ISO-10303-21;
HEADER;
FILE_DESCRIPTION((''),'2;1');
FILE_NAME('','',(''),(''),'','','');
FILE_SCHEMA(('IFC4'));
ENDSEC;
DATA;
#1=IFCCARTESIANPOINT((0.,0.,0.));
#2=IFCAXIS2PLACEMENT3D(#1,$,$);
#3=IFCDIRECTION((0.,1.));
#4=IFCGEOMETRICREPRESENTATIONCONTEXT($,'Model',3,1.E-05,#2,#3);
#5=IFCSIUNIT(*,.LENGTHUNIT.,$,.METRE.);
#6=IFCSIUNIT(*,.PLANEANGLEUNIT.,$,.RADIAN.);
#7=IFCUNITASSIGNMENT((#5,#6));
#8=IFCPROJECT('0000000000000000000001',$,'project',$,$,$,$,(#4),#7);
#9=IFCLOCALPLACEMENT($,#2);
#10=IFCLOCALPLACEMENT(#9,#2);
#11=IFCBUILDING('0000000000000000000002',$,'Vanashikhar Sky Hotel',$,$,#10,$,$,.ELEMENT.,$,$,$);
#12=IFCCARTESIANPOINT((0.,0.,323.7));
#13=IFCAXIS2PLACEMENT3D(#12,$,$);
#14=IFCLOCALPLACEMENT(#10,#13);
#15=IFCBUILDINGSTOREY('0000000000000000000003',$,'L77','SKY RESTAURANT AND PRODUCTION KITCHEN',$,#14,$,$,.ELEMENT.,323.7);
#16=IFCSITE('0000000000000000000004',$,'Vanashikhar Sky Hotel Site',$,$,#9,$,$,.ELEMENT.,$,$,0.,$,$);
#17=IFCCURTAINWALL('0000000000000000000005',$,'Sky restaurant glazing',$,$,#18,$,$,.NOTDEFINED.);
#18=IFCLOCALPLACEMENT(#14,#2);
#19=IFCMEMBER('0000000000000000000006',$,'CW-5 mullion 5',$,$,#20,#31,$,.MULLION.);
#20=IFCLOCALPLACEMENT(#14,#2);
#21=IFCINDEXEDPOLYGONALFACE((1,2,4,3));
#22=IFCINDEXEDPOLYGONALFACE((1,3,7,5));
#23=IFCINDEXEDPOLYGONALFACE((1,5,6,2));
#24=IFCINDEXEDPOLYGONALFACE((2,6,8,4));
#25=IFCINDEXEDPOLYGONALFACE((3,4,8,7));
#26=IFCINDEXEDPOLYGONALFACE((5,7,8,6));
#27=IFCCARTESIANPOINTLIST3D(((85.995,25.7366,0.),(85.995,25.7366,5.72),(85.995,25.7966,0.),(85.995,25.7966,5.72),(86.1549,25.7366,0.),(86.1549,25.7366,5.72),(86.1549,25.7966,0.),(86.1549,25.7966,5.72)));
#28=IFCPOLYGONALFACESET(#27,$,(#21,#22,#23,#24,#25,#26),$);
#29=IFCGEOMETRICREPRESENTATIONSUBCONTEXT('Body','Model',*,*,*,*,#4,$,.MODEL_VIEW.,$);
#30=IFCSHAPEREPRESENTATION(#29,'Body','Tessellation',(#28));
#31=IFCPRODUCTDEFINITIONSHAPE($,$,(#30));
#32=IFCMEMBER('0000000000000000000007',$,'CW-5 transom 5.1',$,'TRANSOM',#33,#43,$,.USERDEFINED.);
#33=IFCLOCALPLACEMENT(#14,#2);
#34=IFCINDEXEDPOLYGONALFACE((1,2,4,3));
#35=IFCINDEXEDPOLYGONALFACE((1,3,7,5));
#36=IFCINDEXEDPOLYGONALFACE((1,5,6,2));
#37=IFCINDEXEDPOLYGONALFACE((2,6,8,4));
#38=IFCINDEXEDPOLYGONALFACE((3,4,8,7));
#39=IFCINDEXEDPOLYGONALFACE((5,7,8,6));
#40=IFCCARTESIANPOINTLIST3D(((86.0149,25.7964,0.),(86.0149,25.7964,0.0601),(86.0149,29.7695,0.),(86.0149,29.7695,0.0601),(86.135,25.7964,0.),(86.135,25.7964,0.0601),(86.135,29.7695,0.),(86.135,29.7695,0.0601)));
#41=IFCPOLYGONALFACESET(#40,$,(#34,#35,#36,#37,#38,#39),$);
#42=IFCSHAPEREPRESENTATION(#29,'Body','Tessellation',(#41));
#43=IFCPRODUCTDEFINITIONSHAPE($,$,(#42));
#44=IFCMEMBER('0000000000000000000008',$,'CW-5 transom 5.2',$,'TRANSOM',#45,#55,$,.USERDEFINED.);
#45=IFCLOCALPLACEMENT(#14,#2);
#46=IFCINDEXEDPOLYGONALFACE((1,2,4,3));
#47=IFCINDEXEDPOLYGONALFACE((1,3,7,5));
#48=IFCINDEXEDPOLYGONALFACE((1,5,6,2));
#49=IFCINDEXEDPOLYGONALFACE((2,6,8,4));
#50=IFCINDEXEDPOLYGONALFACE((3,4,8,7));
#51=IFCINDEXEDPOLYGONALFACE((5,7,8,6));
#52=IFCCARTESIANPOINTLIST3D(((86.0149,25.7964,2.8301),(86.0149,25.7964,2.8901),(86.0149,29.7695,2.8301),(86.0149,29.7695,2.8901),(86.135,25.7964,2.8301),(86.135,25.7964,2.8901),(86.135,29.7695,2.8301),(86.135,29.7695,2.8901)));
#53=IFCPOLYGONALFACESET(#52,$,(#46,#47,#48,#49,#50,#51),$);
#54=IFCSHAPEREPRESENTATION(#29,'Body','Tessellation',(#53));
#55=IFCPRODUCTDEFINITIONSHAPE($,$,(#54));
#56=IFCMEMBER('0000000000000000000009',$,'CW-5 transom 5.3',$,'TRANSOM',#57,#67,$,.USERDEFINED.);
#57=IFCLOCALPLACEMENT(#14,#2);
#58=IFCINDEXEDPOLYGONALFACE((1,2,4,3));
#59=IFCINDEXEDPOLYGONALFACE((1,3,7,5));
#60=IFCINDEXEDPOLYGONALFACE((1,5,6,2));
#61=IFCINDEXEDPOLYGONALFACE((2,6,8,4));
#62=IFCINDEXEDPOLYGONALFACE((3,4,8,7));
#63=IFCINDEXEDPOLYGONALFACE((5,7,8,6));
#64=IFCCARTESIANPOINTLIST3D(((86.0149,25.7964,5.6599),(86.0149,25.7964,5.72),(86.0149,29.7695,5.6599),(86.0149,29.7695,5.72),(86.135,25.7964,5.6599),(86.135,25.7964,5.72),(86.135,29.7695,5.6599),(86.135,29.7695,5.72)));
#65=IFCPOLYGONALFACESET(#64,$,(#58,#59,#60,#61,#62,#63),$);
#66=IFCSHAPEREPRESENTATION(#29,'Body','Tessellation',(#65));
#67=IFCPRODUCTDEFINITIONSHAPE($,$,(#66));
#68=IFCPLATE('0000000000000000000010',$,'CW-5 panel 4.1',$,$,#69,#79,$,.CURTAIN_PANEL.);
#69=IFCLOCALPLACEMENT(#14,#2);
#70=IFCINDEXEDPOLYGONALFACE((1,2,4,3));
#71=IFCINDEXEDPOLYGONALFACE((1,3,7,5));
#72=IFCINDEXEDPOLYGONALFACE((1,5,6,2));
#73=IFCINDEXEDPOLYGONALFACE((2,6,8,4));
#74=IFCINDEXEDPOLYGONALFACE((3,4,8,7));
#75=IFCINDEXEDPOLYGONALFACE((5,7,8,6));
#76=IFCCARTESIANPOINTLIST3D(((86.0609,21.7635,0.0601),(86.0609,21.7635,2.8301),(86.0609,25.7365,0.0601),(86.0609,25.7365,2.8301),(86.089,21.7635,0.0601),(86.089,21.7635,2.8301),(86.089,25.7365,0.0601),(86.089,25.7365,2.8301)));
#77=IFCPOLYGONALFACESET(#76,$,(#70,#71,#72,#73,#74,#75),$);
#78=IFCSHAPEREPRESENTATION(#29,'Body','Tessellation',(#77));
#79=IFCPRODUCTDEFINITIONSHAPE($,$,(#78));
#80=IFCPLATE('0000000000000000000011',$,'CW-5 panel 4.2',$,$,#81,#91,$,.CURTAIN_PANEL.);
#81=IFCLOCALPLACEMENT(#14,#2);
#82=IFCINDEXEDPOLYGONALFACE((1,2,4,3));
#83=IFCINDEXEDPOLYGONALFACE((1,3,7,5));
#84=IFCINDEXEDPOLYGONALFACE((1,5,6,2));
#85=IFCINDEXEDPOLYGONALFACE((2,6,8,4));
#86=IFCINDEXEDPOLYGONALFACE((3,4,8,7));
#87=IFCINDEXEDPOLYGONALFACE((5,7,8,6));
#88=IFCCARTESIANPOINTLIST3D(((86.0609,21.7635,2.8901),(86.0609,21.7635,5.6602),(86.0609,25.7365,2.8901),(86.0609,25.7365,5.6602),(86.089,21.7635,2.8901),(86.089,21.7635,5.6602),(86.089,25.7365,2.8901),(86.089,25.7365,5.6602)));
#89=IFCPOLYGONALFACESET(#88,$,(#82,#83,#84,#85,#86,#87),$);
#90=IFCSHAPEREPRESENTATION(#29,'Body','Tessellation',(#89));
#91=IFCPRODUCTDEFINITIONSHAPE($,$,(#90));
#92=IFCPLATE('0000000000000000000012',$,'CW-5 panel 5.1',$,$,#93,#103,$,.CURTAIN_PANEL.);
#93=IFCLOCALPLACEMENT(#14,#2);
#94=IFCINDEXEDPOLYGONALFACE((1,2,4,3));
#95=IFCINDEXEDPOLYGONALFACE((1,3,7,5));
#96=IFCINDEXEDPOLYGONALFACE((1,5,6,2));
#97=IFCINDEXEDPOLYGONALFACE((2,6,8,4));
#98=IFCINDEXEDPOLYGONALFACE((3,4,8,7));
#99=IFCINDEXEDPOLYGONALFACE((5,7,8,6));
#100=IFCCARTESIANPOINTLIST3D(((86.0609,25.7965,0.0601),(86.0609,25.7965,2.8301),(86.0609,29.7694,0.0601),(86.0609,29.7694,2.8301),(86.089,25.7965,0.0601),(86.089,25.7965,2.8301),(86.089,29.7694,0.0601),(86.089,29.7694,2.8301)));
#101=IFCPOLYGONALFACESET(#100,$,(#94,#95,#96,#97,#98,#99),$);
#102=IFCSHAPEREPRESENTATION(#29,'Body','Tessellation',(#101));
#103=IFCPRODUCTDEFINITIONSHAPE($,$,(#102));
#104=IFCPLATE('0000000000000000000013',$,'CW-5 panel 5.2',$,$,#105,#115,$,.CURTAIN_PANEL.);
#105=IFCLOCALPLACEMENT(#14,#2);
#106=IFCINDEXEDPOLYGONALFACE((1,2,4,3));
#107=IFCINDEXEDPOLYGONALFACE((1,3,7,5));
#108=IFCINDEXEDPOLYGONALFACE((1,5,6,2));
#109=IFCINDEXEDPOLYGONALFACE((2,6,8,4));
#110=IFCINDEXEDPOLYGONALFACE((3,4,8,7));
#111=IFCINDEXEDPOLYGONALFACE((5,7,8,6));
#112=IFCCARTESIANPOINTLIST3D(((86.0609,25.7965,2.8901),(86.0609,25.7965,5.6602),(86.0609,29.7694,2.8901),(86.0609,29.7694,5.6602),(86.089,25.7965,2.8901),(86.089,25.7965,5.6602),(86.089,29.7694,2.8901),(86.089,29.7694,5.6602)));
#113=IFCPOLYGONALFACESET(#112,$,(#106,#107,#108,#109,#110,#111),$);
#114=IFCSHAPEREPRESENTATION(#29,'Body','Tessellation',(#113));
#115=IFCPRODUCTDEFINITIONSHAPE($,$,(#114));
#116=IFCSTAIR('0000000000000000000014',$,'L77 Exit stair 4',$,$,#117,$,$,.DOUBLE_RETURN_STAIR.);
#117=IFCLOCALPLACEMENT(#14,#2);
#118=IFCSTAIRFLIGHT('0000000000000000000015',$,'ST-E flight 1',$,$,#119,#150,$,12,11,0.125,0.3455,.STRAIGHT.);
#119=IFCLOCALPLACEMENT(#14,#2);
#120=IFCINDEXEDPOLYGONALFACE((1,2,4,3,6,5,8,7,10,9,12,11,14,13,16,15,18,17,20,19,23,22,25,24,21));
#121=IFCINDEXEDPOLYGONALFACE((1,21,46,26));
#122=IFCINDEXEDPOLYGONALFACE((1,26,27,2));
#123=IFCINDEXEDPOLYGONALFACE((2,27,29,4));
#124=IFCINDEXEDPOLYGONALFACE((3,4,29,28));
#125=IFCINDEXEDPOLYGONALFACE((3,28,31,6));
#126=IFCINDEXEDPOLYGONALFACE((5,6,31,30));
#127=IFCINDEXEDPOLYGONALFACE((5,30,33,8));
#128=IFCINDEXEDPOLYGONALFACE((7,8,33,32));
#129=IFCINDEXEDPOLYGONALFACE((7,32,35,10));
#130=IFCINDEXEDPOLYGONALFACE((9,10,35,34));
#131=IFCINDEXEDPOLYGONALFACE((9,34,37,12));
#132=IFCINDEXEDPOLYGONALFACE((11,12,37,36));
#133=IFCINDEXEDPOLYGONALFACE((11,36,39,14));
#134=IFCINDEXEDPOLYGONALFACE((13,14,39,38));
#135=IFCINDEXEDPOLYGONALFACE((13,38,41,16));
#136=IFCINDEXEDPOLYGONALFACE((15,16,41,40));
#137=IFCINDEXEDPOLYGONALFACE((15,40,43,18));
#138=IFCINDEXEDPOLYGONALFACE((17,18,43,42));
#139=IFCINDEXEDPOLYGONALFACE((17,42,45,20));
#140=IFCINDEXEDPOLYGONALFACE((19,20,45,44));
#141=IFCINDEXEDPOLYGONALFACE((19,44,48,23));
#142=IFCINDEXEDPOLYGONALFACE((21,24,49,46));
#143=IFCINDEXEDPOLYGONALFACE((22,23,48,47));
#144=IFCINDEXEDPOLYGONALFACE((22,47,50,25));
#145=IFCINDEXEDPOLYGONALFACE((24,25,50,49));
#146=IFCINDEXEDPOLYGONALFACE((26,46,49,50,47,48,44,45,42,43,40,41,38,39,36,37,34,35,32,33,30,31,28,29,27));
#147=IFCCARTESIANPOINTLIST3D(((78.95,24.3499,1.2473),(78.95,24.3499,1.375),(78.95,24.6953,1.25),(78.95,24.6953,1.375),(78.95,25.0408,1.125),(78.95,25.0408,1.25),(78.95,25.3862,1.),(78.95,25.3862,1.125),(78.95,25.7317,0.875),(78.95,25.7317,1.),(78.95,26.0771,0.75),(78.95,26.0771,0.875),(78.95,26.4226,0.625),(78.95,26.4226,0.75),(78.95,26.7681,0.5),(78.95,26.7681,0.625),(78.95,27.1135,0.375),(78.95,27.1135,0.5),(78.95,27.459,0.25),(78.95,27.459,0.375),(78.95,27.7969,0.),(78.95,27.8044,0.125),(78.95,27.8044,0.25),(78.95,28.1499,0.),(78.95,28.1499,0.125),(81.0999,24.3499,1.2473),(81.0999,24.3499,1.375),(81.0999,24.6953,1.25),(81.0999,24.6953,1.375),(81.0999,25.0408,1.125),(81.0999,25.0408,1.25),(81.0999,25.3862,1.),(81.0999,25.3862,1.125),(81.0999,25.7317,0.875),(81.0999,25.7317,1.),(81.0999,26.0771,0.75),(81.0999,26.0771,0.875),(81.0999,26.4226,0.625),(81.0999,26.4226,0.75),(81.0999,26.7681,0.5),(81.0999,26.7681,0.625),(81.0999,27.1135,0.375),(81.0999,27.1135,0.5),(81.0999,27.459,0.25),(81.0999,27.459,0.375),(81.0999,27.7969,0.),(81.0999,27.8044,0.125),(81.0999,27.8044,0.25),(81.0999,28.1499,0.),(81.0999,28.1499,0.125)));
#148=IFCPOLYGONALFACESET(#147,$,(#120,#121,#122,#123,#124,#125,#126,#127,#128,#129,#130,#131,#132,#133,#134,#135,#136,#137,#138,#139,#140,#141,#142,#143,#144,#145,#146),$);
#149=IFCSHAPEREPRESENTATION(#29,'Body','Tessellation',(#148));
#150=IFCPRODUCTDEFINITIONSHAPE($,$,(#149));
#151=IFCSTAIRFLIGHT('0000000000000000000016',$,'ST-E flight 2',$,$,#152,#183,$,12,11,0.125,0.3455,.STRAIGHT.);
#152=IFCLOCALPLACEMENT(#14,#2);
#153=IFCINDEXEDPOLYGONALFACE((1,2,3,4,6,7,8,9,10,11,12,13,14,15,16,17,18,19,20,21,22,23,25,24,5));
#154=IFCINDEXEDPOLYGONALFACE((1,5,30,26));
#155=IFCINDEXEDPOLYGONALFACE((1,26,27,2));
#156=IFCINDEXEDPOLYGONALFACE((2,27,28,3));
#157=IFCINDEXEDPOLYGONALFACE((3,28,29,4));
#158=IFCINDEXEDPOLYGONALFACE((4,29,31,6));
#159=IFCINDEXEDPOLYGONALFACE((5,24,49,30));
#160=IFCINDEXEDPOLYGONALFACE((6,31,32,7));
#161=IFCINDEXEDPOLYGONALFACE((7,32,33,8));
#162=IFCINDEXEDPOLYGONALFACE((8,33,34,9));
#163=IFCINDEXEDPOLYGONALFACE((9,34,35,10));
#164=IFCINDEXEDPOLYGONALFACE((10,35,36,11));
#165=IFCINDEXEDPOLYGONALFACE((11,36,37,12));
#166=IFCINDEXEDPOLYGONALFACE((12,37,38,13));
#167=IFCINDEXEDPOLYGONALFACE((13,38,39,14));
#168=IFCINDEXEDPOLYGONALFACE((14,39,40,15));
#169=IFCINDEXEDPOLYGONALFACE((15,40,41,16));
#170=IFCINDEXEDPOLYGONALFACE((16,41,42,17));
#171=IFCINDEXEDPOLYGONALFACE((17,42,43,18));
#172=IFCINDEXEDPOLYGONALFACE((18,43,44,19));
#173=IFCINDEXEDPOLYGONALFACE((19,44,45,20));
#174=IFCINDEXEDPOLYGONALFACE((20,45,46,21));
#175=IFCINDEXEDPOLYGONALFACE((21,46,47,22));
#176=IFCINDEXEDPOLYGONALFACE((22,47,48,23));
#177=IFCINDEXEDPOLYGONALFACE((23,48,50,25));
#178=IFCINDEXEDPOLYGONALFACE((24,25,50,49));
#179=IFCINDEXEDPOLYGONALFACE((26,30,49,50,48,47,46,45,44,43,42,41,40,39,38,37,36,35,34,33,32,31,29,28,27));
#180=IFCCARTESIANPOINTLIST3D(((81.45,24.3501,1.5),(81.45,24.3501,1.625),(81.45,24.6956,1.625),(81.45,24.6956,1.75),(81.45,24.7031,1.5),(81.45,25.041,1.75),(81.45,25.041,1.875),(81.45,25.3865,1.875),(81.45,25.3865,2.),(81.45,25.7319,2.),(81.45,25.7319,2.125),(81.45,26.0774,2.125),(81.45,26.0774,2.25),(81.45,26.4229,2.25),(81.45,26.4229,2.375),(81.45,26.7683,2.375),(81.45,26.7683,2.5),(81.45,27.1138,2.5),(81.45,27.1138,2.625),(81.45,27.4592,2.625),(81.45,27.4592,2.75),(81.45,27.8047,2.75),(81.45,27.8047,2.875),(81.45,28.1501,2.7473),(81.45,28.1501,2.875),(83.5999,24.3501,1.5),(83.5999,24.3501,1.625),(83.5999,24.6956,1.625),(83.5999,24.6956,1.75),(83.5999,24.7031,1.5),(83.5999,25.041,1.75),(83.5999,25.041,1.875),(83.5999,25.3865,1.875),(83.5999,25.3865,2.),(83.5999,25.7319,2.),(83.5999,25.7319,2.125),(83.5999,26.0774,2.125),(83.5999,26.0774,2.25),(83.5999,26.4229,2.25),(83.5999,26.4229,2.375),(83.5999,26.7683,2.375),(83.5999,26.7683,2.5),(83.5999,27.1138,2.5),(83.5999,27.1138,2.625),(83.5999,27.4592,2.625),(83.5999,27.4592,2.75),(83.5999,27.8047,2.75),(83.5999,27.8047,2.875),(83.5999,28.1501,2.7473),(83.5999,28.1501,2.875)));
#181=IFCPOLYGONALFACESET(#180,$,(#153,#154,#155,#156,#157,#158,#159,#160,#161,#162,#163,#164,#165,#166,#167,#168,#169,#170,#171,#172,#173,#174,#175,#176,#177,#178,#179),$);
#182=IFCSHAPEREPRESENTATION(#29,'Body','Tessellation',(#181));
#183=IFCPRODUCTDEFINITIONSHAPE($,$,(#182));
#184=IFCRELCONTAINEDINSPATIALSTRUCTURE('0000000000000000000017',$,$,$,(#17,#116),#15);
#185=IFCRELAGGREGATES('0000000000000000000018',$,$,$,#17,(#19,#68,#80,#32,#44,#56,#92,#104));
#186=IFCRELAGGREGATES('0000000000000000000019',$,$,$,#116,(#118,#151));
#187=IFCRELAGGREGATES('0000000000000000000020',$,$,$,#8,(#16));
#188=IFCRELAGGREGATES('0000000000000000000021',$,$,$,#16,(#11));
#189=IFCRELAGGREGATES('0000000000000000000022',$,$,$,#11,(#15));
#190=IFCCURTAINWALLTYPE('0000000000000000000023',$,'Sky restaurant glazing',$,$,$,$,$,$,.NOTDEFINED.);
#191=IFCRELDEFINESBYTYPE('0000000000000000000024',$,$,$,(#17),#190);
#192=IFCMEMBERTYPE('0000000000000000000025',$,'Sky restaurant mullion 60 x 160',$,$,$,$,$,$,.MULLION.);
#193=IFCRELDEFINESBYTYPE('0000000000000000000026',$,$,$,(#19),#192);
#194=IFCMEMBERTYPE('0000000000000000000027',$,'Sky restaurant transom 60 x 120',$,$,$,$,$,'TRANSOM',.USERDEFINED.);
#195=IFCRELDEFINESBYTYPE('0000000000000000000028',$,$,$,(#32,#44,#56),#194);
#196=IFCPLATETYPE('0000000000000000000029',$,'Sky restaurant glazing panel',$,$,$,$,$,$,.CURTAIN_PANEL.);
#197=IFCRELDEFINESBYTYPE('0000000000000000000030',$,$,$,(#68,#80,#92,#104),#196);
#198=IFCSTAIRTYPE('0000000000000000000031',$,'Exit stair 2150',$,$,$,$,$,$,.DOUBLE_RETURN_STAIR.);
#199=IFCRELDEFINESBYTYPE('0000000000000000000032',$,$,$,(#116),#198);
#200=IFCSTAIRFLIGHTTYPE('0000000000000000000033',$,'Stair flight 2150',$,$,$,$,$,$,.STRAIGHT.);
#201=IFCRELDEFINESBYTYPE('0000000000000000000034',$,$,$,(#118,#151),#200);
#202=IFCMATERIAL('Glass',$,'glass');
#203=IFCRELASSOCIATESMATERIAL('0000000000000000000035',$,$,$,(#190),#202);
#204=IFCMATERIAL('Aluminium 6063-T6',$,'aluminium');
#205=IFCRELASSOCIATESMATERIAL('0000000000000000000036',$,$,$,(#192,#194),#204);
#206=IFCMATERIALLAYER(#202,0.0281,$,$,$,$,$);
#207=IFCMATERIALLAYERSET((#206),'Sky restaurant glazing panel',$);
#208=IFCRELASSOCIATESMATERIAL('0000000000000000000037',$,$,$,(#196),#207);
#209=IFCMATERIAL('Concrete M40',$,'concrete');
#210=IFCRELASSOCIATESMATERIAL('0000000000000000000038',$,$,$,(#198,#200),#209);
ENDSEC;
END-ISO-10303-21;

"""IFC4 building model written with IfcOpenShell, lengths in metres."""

from ifc_helpers import new_model, si_unit, direction, frame, origin, origin_2d, place, context, subcontext, project, spatial, polyline, rectangle, outline, extrude, source, transform, mapped, material, layer, layer_set, material_profile, profile_set, type_object, element, aggregate, save


model = new_model("IFC4")

# Units and contexts
model_context = context("Model", 3, precision=1e-05, world=origin(), true_north=direction((0.0, 1.0)))
body_context = subcontext(model_context, "Body", "Model", "MODEL_VIEW")
ifc_project = project(units=[si_unit("LENGTHUNIT", "METRE"), si_unit("PLANEANGLEUNIT", "RADIAN")], contexts=[model_context])

# Site, building, storey
site_placement = place(None, origin())
site = spatial("IfcSite", under=ifc_project, at=site_placement, Name="Vanashikhar Sky Hotel Site", CompositionType="ELEMENT", RefElevation=0.0)
building_placement = place(site_placement, origin())
building = spatial("IfcBuilding", under=site, at=building_placement, Name="Vanashikhar Sky Hotel", CompositionType="ELEMENT")
storey_placement = place(building_placement, frame((0.0, 0.0, 323.7)))
storey = spatial("IfcBuildingStorey", under=building, at=storey_placement, Name="L77", Description="SKY RESTAURANT AND PRODUCTION KITCHEN", CompositionType="ELEMENT", Elevation=323.7)

# Curtain wall, members, plates
ifc_material_1 = material(Name="Glass", Category="glass")
curtain_wall_type = type_object("IfcCurtainWallType", Name="Sky restaurant glazing", PredefinedType="NOTDEFINED", material=ifc_material_1)
curtain_wall_placement = place(storey_placement, origin())
curtain_wall = element("IfcCurtainWall", 1, at=curtain_wall_placement, inside=storey, type_object=curtain_wall_type, Name="Sky restaurant glazing", PredefinedType="NOTDEFINED")
ifc_material_2 = material(Name="Aluminium 6063-T6", Category="aluminium")
ifc_material_profile_1 = material_profile(ifc_material_2, rectangle(XDim=0.1599, YDim=0.0601, at=origin_2d()))
ifc_profile_set_1 = profile_set([ifc_material_profile_1], Name="Aluminium 6063-T6")
member_type_1 = type_object("IfcMemberType", Name="Sky restaurant mullion 60 x 160", PredefinedType="MULLION", material=ifc_profile_set_1)
shared_shape_1 = source(origin(), body_context, "Body", "SweptSolid", [
    extrude(rectangle(XDim=0.1599, YDim=0.0601, at=origin_2d()), origin(), (0.0, 0.0, 1.0), 5.72),
])
member_1_placement = place(storey_placement, frame((86.075, 25.7666, 0.0), z_axis=(0.0, 0.0, 1.0), x_axis=(-1.0, 0.0, 0.0)))
member_1 = element("IfcMember", 2, at=member_1_placement, type_object=member_type_1, Name="CW-5 mullion 5", PredefinedType="MULLION", context=body_context, shape_type="MappedRepresentation", body=[
    mapped(shared_shape_1, transform((0.0, 0.0, 0.0), scale=1.0)),
])
ifc_material_profile_2 = material_profile(ifc_material_2, rectangle(XDim=0.1201, YDim=0.0601, at=origin_2d()))
ifc_profile_set_2 = profile_set([ifc_material_profile_2], Name="Aluminium 6063-T6")
member_type_2 = type_object("IfcMemberType", Name="Sky restaurant transom 60 x 120", ElementType="TRANSOM", PredefinedType="USERDEFINED", material=ifc_profile_set_2)
shared_shape_2 = source(origin(), body_context, "Body", "SweptSolid", [
    extrude(rectangle(XDim=0.1201, YDim=0.0601, at=origin_2d()), origin(), (0.0, 0.0, 1.0), 3.9731),
])
member_2_placement = place(storey_placement, frame((86.075, 25.7964, 0.03), z_axis=(0.0, 1.0, 0.0), x_axis=(-1.0, 0.0, 0.0)))
member_2 = element("IfcMember", 3, at=member_2_placement, type_object=member_type_2, Name="CW-5 transom 5.1", ObjectType="TRANSOM", PredefinedType="USERDEFINED", context=body_context, shape_type="MappedRepresentation", body=[
    mapped(shared_shape_2, transform((0.0, 0.0, 0.0), scale=1.0)),
])
member_3_placement = place(storey_placement, frame((86.075, 25.7964, 2.8601), z_axis=(0.0, 1.0, 0.0), x_axis=(-1.0, 0.0, 0.0)))
member_3 = element("IfcMember", 4, at=member_3_placement, type_object=member_type_2, Name="CW-5 transom 5.2", ObjectType="TRANSOM", PredefinedType="USERDEFINED", context=body_context, shape_type="MappedRepresentation", body=[
    mapped(shared_shape_2, transform((0.0, 0.0, 0.0), scale=1.0)),
])
member_4_placement = place(storey_placement, frame((86.075, 25.7964, 5.6899), z_axis=(0.0, 1.0, 0.0), x_axis=(-1.0, 0.0, 0.0)))
member_4 = element("IfcMember", 5, at=member_4_placement, type_object=member_type_2, Name="CW-5 transom 5.3", ObjectType="TRANSOM", PredefinedType="USERDEFINED", context=body_context, shape_type="MappedRepresentation", body=[
    mapped(shared_shape_2, transform((0.0, 0.0, 0.0), scale=1.0)),
])
ifc_layer = layer(ifc_material_1, 0.0281)
ifc_layer_set = layer_set([ifc_layer], Name="Sky restaurant glazing panel")
plate_type = type_object("IfcPlateType", Name="Sky restaurant glazing panel", PredefinedType="CURTAIN_PANEL", material=ifc_layer_set)
shared_shape_3 = source(origin(), body_context, "Body", "SweptSolid", [
    extrude(rectangle(XDim=3.9729, YDim=0.0281, at=origin_2d()), origin(), (0.0, 0.0, 1.0), 2.77),
])
plate_1_placement = place(storey_placement, frame((86.075, 23.75, 0.0601), z_axis=(0.0, 0.0, 1.0), x_axis=(0.0, 1.0, 0.0)))
plate_1 = element("IfcPlate", 6, at=plate_1_placement, type_object=plate_type, Name="CW-5 panel 4.1", PredefinedType="CURTAIN_PANEL", context=body_context, shape_type="MappedRepresentation", body=[
    mapped(shared_shape_3, transform((0.0, 0.0, 0.0), scale=1.0)),
])
plate_2_placement = place(storey_placement, frame((86.075, 23.75, 2.8901), z_axis=(0.0, 0.0, 1.0), x_axis=(0.0, 1.0, 0.0)))
plate_2 = element("IfcPlate", 7, at=plate_2_placement, type_object=plate_type, Name="CW-5 panel 4.2", PredefinedType="CURTAIN_PANEL", context=body_context, shape_type="MappedRepresentation", body=[
    mapped(shared_shape_3, transform((0.0, 0.0, 0.0), scale=1.0)),
])
plate_3_placement = place(storey_placement, frame((86.075, 27.783, 0.0601), z_axis=(0.0, 0.0, 1.0), x_axis=(0.0, 1.0, 0.0)))
plate_3 = element("IfcPlate", 8, at=plate_3_placement, type_object=plate_type, Name="CW-5 panel 5.1", PredefinedType="CURTAIN_PANEL", context=body_context, shape_type="MappedRepresentation", body=[
    mapped(shared_shape_3, transform((0.0, 0.0, 0.0), scale=1.0)),
])
plate_4_placement = place(storey_placement, frame((86.075, 27.783, 2.8901), z_axis=(0.0, 0.0, 1.0), x_axis=(0.0, 1.0, 0.0)))
plate_4 = element("IfcPlate", 9, at=plate_4_placement, type_object=plate_type, Name="CW-5 panel 5.2", PredefinedType="CURTAIN_PANEL", context=body_context, shape_type="MappedRepresentation", body=[
    mapped(shared_shape_3, transform((0.0, 0.0, 0.0), scale=1.0)),
])
aggregate(curtain_wall, [member_1, plate_1, plate_2, member_2, member_3, member_4, plate_3, plate_4])

# Stair, stair flights
ifc_material_3 = material(Name="Concrete M40", Category="concrete")
stair_type = type_object("IfcStairType", Name="Exit stair 2150", PredefinedType="DOUBLE_RETURN_STAIR", material=ifc_material_3)
stair_placement = place(storey_placement, origin())
stair = element("IfcStair", 10, at=stair_placement, inside=storey, type_object=stair_type, Name="L77 Exit stair 4", PredefinedType="DOUBLE_RETURN_STAIR")
stair_flight_type = type_object("IfcStairFlightType", Name="Stair flight 2150", PredefinedType="STRAIGHT", material=ifc_material_3)
shared_shape_4 = source(origin(), body_context, "Body", "SweptSolid", [
    extrude(outline(polyline([(0.0, 0.0), (0.0, 0.125), (0.3455, 0.125), (0.3455, 0.25), (0.6909, 0.25), (0.6909, 0.375), (1.0364, 0.375), (1.0364, 0.5), (1.3818, 0.5), (1.3818, 0.625), (1.7273, 0.625), (1.7273, 0.75), (2.0728, 0.75), (2.0728, 0.875), (2.4182, 0.875), (2.4182, 1.0), (2.7637, 1.0), (2.7637, 1.125), (3.1091, 1.125), (3.1091, 1.25), (3.4546, 1.25), (3.4546, 1.375), (3.8, 1.375), (3.8, 1.5), (3.8, 1.2473), (0.353, 0.0), (0.0, 0.0)])), frame((0.0, 1.075, 0.0), z_axis=(0.0, -1.0, 0.0), x_axis=(1.0, 0.0, 0.0)), (0.0, 0.0, 1.0), 2.1499),
])
stair_flight_1_placement = place(storey_placement, frame((80.0249, 28.1499, 0.0), z_axis=(0.0, 0.0, 1.0), x_axis=(0.0, -1.0, 0.0)))
stair_flight_1 = element("IfcStairFlight", 11, at=stair_flight_1_placement, type_object=stair_flight_type, Name="ST-E flight 1", NumberOfRisers=12, NumberOfTreads=11, PredefinedType="STRAIGHT", RiserHeight=0.125, TreadLength=0.3455, context=body_context, shape_type="MappedRepresentation", body=[
    mapped(shared_shape_4, transform((0.0, 0.0, 0.0), scale=1.0)),
])
stair_flight_2_placement = place(storey_placement, frame((82.5249, 24.3501, 1.5), z_axis=(0.0, 0.0, 1.0), x_axis=(0.0, 1.0, 0.0)))
stair_flight_2 = element("IfcStairFlight", 12, at=stair_flight_2_placement, type_object=stair_flight_type, Name="ST-E flight 2", NumberOfRisers=12, NumberOfTreads=11, PredefinedType="STRAIGHT", RiserHeight=0.125, TreadLength=0.3455, context=body_context, shape_type="MappedRepresentation", body=[
    mapped(shared_shape_4, transform((0.0, 0.0, 0.0), scale=1.0)),
])
aggregate(stair, [stair_flight_1, stair_flight_2])

save(model, "model.ifc")
